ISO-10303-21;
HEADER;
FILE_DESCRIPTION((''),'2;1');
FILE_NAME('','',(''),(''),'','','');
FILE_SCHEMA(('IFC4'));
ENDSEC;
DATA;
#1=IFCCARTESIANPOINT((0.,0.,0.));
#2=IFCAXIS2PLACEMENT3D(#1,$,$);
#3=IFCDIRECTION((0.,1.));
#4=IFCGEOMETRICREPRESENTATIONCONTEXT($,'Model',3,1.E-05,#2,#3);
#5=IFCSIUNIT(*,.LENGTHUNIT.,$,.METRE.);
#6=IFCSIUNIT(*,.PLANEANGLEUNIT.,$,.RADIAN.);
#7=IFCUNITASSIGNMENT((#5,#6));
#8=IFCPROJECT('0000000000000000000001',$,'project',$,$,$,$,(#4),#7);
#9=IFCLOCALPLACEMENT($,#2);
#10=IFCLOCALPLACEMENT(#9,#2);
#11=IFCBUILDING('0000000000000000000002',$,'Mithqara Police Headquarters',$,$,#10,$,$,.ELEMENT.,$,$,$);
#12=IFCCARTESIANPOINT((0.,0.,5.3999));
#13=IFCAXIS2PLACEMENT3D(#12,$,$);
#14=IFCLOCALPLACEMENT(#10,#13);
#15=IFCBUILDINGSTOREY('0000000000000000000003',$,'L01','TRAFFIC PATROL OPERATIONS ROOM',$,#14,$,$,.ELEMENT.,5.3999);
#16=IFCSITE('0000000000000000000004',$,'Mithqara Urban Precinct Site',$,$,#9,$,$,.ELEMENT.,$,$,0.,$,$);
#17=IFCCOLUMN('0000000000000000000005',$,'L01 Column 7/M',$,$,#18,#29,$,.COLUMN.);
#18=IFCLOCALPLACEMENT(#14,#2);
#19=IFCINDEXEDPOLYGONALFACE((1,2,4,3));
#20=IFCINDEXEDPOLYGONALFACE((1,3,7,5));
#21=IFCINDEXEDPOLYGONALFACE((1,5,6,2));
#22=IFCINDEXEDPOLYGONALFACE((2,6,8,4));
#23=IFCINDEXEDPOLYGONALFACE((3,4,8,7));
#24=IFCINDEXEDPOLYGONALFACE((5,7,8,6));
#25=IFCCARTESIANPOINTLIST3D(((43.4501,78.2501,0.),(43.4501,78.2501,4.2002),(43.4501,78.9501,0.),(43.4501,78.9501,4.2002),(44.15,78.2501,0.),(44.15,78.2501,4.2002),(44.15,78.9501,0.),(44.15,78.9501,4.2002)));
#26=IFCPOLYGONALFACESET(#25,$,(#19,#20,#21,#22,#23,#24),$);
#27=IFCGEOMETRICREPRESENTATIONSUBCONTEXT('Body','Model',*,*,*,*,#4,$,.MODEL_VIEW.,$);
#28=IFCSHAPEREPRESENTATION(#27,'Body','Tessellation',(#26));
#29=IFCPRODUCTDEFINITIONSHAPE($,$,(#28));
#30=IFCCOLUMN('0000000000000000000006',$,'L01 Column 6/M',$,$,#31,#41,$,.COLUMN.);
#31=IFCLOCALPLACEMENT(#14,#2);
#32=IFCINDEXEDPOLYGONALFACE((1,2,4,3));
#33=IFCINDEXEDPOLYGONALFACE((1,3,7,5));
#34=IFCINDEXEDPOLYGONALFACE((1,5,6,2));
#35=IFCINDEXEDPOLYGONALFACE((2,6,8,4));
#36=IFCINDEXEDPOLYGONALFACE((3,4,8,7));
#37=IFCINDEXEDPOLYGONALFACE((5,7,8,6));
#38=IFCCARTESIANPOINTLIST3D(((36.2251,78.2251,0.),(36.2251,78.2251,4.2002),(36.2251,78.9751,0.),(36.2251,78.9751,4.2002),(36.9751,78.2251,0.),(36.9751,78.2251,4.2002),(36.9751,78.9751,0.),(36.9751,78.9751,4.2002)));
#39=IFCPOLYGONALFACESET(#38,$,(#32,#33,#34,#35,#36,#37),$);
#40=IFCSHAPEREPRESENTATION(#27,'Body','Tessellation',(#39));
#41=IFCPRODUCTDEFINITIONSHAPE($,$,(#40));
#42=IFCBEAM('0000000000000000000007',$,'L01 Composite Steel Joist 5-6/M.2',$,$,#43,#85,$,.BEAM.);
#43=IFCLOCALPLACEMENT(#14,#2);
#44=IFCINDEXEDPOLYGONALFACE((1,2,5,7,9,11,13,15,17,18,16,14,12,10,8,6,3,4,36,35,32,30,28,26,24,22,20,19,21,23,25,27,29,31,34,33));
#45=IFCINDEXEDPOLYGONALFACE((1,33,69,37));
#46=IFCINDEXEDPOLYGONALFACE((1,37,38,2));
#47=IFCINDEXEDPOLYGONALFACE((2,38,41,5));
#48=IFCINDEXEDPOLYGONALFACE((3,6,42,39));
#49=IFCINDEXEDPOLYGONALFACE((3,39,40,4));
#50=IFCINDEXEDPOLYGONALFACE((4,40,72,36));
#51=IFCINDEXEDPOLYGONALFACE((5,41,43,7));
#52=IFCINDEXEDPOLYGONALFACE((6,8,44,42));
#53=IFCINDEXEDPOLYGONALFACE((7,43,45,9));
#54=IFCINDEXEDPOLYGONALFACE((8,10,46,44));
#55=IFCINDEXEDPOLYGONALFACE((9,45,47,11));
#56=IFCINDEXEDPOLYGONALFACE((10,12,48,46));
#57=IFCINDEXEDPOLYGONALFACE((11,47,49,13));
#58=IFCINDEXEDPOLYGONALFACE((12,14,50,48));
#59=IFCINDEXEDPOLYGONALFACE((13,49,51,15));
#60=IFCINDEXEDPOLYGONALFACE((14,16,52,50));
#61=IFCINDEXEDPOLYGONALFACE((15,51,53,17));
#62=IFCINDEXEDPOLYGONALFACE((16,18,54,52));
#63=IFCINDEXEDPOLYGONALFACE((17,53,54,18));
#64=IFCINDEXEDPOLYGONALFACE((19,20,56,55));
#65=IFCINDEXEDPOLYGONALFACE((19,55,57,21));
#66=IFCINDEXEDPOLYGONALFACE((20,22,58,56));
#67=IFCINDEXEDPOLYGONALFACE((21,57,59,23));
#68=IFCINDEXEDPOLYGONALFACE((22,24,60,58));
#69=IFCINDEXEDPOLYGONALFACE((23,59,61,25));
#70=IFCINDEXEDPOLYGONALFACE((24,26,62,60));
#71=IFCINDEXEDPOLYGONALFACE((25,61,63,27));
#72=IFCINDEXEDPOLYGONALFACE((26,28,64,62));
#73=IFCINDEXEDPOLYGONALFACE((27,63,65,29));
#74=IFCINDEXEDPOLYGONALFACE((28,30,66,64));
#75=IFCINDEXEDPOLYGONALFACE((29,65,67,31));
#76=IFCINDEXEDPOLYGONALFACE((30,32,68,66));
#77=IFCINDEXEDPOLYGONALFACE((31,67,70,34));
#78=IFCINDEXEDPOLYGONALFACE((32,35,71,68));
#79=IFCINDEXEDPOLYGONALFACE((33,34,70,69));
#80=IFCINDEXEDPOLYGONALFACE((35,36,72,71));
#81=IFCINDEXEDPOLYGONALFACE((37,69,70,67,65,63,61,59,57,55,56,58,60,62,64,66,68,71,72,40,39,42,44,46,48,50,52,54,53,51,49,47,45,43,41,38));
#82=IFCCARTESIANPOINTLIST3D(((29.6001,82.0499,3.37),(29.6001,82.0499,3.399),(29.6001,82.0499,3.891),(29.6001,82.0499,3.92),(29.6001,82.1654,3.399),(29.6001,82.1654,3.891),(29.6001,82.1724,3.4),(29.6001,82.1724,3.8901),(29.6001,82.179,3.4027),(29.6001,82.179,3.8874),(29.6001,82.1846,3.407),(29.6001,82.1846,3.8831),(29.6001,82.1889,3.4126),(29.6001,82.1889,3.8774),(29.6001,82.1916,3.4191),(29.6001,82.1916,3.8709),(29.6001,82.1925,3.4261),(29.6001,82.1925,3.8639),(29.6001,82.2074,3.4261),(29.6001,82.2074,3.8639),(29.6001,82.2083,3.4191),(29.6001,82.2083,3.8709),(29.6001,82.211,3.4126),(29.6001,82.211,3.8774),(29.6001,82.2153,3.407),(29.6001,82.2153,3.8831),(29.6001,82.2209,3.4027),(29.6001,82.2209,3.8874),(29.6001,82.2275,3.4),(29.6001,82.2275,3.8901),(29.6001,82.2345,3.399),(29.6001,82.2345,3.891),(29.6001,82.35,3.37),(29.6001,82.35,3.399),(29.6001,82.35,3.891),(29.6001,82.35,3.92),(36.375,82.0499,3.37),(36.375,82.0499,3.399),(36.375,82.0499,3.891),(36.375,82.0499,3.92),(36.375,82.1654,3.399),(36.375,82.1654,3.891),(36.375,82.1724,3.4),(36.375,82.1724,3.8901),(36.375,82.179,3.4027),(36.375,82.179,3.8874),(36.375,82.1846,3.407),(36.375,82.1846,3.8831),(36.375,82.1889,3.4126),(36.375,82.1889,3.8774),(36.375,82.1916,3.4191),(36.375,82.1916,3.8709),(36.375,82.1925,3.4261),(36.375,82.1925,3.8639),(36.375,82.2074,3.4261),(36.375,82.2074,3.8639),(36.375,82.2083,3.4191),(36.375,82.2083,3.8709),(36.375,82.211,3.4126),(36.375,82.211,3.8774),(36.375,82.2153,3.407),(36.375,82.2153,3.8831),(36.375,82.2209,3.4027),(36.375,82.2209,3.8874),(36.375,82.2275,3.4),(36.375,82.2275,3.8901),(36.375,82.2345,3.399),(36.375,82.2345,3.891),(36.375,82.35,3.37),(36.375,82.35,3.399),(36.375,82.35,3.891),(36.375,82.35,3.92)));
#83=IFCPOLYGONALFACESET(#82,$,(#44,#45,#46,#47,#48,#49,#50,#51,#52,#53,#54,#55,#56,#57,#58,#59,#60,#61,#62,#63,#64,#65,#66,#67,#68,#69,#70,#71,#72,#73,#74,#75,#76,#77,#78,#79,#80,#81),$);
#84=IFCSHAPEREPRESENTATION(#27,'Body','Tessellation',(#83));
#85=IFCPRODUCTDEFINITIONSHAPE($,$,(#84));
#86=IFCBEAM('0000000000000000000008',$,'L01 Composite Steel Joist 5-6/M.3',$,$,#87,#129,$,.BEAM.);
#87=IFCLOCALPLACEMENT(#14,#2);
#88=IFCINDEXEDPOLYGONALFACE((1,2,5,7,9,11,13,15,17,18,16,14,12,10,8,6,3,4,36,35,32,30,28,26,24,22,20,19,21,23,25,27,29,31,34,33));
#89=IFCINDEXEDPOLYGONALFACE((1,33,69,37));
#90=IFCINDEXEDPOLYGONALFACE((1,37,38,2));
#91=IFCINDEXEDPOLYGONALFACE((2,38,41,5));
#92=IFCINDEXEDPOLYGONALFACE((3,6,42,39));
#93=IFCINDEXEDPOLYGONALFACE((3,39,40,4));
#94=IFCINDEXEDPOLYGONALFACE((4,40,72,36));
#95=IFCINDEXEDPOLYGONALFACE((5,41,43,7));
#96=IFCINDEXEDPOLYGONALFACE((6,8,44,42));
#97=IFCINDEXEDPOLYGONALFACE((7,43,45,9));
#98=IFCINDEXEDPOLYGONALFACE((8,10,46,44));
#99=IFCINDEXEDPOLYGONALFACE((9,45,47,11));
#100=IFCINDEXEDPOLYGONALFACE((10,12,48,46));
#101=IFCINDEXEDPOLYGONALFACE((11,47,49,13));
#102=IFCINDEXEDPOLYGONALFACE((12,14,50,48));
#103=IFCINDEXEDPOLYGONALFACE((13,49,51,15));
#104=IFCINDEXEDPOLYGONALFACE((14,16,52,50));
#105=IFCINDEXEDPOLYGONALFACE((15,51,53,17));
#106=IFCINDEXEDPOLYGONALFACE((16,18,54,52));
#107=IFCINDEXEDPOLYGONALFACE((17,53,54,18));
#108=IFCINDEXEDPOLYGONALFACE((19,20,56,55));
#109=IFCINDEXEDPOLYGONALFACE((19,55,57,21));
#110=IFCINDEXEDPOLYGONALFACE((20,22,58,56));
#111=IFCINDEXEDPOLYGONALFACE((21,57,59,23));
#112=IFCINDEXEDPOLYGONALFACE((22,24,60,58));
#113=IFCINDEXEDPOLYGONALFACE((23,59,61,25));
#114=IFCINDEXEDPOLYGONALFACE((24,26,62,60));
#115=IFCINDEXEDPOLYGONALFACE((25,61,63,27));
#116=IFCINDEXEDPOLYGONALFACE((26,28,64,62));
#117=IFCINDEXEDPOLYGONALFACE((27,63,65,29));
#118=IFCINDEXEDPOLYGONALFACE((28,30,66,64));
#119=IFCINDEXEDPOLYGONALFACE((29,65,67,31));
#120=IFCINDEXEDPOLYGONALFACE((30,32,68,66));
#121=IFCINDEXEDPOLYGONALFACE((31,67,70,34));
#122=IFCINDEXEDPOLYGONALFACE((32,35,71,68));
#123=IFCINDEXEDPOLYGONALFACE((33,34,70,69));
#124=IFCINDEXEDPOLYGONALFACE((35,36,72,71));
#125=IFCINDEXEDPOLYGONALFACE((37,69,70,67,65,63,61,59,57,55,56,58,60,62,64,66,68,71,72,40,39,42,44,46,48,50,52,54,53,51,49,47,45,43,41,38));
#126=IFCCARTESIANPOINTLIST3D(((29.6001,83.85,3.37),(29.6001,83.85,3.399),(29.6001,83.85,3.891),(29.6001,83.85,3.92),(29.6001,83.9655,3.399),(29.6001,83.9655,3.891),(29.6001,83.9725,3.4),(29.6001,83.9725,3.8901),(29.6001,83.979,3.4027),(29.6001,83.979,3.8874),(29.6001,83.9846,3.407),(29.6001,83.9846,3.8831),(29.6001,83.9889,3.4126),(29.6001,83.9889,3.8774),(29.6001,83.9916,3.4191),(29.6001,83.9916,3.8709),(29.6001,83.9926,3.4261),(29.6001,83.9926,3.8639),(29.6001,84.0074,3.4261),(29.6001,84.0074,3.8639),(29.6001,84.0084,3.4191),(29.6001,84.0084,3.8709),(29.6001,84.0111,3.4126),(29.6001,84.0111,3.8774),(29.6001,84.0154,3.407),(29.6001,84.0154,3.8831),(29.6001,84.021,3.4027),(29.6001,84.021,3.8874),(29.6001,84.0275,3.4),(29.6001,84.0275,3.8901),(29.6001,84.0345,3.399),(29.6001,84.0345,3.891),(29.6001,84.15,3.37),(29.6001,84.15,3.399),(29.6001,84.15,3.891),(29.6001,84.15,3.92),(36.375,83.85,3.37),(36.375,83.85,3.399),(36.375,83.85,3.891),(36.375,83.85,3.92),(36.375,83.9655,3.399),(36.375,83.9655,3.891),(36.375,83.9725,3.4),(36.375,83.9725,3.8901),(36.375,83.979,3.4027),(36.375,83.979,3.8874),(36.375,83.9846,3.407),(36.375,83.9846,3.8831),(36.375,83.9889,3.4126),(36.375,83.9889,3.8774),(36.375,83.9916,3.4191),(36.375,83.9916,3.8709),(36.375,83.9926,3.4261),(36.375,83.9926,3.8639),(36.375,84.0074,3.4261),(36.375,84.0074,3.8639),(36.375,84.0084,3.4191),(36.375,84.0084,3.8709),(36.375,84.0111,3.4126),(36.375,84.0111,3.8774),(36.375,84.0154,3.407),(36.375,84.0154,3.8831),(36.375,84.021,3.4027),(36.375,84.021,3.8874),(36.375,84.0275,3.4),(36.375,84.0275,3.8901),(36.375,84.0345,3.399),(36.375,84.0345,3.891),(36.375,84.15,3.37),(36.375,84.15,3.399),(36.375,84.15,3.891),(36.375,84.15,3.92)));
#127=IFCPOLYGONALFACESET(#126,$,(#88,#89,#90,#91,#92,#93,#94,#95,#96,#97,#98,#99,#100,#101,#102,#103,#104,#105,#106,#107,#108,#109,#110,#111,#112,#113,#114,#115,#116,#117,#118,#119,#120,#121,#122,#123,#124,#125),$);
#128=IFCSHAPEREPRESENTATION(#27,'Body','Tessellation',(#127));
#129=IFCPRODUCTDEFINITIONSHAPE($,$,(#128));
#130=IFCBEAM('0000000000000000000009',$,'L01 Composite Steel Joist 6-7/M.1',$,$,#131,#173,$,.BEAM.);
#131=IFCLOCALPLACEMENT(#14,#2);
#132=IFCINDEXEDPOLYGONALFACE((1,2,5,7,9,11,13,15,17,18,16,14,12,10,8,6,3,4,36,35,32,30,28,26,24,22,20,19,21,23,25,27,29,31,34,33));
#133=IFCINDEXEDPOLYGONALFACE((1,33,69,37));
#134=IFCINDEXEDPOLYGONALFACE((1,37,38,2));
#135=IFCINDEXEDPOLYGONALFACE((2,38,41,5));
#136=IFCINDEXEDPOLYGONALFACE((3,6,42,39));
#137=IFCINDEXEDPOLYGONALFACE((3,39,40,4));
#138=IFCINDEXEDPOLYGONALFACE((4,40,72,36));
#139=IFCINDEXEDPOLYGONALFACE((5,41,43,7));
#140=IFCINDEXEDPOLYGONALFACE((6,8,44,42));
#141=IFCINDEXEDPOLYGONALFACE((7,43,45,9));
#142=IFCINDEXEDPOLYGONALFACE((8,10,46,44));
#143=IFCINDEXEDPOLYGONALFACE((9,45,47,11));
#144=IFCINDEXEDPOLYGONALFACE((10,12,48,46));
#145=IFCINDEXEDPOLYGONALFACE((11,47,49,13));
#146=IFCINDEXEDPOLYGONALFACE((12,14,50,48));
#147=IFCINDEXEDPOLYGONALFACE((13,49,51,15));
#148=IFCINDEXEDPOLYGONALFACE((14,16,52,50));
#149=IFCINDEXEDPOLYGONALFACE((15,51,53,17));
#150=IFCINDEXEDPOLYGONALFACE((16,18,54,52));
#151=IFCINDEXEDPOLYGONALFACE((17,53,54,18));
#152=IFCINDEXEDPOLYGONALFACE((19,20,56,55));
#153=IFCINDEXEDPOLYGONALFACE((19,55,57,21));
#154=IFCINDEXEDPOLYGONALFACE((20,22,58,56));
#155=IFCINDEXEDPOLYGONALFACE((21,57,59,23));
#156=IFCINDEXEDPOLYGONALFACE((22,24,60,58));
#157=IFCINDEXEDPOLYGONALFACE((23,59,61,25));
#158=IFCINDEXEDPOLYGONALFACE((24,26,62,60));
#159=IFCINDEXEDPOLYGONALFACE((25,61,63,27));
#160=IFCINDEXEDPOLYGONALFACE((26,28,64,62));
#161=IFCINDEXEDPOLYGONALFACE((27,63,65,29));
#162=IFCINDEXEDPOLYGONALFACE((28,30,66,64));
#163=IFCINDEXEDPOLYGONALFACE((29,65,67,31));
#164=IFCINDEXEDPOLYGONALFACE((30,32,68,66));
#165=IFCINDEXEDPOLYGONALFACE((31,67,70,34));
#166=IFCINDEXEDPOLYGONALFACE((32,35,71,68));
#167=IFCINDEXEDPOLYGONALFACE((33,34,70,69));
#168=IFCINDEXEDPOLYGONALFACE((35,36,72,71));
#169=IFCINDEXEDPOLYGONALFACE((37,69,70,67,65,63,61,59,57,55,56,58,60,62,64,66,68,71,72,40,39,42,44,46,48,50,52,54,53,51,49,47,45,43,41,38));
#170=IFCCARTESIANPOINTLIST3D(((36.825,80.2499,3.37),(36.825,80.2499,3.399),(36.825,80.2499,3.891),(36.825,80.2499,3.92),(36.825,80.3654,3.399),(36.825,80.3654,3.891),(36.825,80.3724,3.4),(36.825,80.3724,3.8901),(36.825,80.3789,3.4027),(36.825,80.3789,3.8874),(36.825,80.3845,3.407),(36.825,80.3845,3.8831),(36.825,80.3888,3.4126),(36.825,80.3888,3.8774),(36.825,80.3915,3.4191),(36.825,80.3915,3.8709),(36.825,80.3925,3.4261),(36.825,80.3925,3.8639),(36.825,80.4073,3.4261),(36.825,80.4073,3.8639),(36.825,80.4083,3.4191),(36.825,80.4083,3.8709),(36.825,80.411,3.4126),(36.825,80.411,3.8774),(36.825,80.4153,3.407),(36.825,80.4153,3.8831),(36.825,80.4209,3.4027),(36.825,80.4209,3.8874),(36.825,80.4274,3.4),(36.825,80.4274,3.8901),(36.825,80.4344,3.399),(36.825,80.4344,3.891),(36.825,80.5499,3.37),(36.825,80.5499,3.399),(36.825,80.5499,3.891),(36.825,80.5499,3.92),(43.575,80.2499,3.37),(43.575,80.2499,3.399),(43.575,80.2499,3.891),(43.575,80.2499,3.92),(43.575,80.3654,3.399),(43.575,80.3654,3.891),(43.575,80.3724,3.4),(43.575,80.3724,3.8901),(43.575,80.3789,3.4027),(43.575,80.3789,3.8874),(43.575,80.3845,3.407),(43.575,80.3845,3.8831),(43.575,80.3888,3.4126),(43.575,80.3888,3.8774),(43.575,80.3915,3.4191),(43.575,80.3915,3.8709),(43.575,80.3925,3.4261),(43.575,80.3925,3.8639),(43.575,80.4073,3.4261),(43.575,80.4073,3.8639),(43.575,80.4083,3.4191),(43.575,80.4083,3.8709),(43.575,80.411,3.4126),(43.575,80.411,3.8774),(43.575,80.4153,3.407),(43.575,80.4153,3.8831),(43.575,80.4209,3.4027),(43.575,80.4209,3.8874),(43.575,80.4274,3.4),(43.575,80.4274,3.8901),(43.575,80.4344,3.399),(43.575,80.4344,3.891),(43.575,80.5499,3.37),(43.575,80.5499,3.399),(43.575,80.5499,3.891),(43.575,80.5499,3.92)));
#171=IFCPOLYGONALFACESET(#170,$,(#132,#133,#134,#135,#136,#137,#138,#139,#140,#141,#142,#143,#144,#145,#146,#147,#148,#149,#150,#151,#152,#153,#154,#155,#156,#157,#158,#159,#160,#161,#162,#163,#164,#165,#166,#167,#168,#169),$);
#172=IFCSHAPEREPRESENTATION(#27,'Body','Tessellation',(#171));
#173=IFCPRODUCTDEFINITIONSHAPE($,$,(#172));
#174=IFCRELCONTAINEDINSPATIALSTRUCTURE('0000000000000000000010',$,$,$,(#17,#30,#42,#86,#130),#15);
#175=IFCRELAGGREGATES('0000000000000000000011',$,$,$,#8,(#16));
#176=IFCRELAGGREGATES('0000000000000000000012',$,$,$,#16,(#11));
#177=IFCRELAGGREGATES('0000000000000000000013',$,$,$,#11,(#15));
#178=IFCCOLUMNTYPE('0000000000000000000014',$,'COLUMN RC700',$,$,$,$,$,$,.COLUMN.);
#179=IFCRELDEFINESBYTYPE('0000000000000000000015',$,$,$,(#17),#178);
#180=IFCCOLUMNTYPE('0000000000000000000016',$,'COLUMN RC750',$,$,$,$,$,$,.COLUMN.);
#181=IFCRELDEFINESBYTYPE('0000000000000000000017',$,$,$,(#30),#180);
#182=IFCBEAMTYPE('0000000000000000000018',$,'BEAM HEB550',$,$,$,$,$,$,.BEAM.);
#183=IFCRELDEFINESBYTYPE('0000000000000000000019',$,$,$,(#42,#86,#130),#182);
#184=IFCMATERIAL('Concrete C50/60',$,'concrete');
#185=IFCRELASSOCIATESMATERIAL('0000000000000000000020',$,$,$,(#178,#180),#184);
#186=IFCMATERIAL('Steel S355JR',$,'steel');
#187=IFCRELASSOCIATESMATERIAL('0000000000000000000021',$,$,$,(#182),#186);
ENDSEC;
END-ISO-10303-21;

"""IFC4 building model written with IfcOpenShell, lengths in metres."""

from ifc_helpers import new_model, si_unit, direction, frame, origin, origin_2d, place, context, subcontext, project, spatial, rectangle, i_section, extrude, material, material_profile, profile_set, type_object, element, save


model = new_model("IFC4")

# Units and contexts
model_context = context("Model", 3, precision=1e-05, world=origin(), true_north=direction((0.0, 1.0)))
body_context = subcontext(model_context, "Body", "Model", "MODEL_VIEW")
ifc_project = project(units=[si_unit("LENGTHUNIT", "METRE"), si_unit("PLANEANGLEUNIT", "RADIAN")], contexts=[model_context])

# Site, building, storey
site_placement = place(None, origin())
site = spatial("IfcSite", under=ifc_project, at=site_placement, Name="Mithqara Urban Precinct Site", CompositionType="ELEMENT", RefElevation=0.0)
building_placement = place(site_placement, origin())
building = spatial("IfcBuilding", under=site, at=building_placement, Name="Mithqara Police Headquarters", CompositionType="ELEMENT")
storey_placement = place(building_placement, frame((0.0, 0.0, 5.3999)))
storey = spatial("IfcBuildingStorey", under=building, at=storey_placement, Name="L01", Description="TRAFFIC PATROL OPERATIONS ROOM", CompositionType="ELEMENT", Elevation=5.3999)

# Columns
ifc_material_1 = material(Name="Concrete C50/60", Category="concrete")
ifc_material_profile_1 = material_profile(ifc_material_1, rectangle(XDim=0.7, YDim=0.7, at=origin_2d()), Name="RC 700x700")
ifc_profile_set_1 = profile_set([ifc_material_profile_1], Name="Concrete C50/60")
column_type_1 = type_object("IfcColumnType", Name="COLUMN RC700", PredefinedType="COLUMN", material=ifc_profile_set_1)
column_1_placement = place(storey_placement, frame((43.8, 78.6001, 0.0), z_axis=(0.0, 0.0, 1.0), x_axis=(1.0, 0.0, 0.0)))
element("IfcColumn", 1, at=column_1_placement, inside=storey, type_object=column_type_1, Name="L01 Column 7/M", PredefinedType="COLUMN", context=body_context, shape_type="SweptSolid", body=[
    extrude(rectangle(XDim=0.7, YDim=0.7, at=origin_2d()), origin(), (0.0, 0.0, 1.0), 4.2002),
])
ifc_material_profile_2 = material_profile(ifc_material_1, rectangle(XDim=0.75, YDim=0.75, at=origin_2d()), Name="RC 750x750")
ifc_profile_set_2 = profile_set([ifc_material_profile_2], Name="Concrete C50/60")
column_type_2 = type_object("IfcColumnType", Name="COLUMN RC750", PredefinedType="COLUMN", material=ifc_profile_set_2)
column_2_placement = place(storey_placement, frame((36.6001, 78.6001, 0.0), z_axis=(0.0, 0.0, 1.0), x_axis=(1.0, 0.0, 0.0)))
element("IfcColumn", 2, at=column_2_placement, inside=storey, type_object=column_type_2, Name="L01 Column 6/M", PredefinedType="COLUMN", context=body_context, shape_type="SweptSolid", body=[
    extrude(rectangle(XDim=0.75, YDim=0.75, at=origin_2d()), origin(), (0.0, 0.0, 1.0), 4.2002),
])

# Beams
ifc_material_2 = material(Name="Steel S355JR", Category="steel")
ifc_material_profile_3 = material_profile(ifc_material_2, i_section(OverallWidth=0.3, OverallDepth=0.55, WebThickness=0.0149, FlangeThickness=0.0291, FilletRadius=0.0271, at=origin_2d()), Name="HEB 550")
ifc_profile_set_3 = profile_set([ifc_material_profile_3], Name="Steel S355JR")
beam_type_1 = type_object("IfcBeamType", Name="BEAM HEB550", PredefinedType="BEAM", material=ifc_profile_set_3)
for number, where, z_axis, x_axis, name in (
    (3, (29.6001, 82.2, 3.645), (1.0, 0.0, 0.0), (0.0, 1.0, 0.0), "L01 Composite Steel Joist 5-6/M.2"),
    (4, (29.6001, 84.0, 3.645), (1.0, 0.0, 0.0), (0.0, 1.0, 0.0), "L01 Composite Steel Joist 5-6/M.3"),
):
    element("IfcBeam", number, at=place(storey_placement, frame(where, z_axis=z_axis, x_axis=x_axis)), inside=storey, type_object=beam_type_1, Name=name, PredefinedType="BEAM", context=body_context, shape_type="SweptSolid", body=[
        extrude(i_section(OverallWidth=0.3, OverallDepth=0.55, WebThickness=0.0149, FlangeThickness=0.0291, FilletRadius=0.0271, at=origin_2d()), origin(), (0.0, 0.0, 1.0), 6.7749),
    ])
for number, where, z_axis, x_axis, name in (
    (5, (36.825, 80.3999, 3.645), (1.0, 0.0, 0.0), (0.0, 1.0, 0.0), "L01 Composite Steel Joist 6-7/M.1"),
):
    element("IfcBeam", number, at=place(storey_placement, frame(where, z_axis=z_axis, x_axis=x_axis)), inside=storey, type_object=beam_type_1, Name=name, PredefinedType="BEAM", context=body_context, shape_type="SweptSolid", body=[
        extrude(i_section(OverallWidth=0.3, OverallDepth=0.55, WebThickness=0.0149, FlangeThickness=0.0291, FilletRadius=0.0271, at=origin_2d()), origin(), (0.0, 0.0, 1.0), 6.75),
    ])

save(model, "model.ifc")
